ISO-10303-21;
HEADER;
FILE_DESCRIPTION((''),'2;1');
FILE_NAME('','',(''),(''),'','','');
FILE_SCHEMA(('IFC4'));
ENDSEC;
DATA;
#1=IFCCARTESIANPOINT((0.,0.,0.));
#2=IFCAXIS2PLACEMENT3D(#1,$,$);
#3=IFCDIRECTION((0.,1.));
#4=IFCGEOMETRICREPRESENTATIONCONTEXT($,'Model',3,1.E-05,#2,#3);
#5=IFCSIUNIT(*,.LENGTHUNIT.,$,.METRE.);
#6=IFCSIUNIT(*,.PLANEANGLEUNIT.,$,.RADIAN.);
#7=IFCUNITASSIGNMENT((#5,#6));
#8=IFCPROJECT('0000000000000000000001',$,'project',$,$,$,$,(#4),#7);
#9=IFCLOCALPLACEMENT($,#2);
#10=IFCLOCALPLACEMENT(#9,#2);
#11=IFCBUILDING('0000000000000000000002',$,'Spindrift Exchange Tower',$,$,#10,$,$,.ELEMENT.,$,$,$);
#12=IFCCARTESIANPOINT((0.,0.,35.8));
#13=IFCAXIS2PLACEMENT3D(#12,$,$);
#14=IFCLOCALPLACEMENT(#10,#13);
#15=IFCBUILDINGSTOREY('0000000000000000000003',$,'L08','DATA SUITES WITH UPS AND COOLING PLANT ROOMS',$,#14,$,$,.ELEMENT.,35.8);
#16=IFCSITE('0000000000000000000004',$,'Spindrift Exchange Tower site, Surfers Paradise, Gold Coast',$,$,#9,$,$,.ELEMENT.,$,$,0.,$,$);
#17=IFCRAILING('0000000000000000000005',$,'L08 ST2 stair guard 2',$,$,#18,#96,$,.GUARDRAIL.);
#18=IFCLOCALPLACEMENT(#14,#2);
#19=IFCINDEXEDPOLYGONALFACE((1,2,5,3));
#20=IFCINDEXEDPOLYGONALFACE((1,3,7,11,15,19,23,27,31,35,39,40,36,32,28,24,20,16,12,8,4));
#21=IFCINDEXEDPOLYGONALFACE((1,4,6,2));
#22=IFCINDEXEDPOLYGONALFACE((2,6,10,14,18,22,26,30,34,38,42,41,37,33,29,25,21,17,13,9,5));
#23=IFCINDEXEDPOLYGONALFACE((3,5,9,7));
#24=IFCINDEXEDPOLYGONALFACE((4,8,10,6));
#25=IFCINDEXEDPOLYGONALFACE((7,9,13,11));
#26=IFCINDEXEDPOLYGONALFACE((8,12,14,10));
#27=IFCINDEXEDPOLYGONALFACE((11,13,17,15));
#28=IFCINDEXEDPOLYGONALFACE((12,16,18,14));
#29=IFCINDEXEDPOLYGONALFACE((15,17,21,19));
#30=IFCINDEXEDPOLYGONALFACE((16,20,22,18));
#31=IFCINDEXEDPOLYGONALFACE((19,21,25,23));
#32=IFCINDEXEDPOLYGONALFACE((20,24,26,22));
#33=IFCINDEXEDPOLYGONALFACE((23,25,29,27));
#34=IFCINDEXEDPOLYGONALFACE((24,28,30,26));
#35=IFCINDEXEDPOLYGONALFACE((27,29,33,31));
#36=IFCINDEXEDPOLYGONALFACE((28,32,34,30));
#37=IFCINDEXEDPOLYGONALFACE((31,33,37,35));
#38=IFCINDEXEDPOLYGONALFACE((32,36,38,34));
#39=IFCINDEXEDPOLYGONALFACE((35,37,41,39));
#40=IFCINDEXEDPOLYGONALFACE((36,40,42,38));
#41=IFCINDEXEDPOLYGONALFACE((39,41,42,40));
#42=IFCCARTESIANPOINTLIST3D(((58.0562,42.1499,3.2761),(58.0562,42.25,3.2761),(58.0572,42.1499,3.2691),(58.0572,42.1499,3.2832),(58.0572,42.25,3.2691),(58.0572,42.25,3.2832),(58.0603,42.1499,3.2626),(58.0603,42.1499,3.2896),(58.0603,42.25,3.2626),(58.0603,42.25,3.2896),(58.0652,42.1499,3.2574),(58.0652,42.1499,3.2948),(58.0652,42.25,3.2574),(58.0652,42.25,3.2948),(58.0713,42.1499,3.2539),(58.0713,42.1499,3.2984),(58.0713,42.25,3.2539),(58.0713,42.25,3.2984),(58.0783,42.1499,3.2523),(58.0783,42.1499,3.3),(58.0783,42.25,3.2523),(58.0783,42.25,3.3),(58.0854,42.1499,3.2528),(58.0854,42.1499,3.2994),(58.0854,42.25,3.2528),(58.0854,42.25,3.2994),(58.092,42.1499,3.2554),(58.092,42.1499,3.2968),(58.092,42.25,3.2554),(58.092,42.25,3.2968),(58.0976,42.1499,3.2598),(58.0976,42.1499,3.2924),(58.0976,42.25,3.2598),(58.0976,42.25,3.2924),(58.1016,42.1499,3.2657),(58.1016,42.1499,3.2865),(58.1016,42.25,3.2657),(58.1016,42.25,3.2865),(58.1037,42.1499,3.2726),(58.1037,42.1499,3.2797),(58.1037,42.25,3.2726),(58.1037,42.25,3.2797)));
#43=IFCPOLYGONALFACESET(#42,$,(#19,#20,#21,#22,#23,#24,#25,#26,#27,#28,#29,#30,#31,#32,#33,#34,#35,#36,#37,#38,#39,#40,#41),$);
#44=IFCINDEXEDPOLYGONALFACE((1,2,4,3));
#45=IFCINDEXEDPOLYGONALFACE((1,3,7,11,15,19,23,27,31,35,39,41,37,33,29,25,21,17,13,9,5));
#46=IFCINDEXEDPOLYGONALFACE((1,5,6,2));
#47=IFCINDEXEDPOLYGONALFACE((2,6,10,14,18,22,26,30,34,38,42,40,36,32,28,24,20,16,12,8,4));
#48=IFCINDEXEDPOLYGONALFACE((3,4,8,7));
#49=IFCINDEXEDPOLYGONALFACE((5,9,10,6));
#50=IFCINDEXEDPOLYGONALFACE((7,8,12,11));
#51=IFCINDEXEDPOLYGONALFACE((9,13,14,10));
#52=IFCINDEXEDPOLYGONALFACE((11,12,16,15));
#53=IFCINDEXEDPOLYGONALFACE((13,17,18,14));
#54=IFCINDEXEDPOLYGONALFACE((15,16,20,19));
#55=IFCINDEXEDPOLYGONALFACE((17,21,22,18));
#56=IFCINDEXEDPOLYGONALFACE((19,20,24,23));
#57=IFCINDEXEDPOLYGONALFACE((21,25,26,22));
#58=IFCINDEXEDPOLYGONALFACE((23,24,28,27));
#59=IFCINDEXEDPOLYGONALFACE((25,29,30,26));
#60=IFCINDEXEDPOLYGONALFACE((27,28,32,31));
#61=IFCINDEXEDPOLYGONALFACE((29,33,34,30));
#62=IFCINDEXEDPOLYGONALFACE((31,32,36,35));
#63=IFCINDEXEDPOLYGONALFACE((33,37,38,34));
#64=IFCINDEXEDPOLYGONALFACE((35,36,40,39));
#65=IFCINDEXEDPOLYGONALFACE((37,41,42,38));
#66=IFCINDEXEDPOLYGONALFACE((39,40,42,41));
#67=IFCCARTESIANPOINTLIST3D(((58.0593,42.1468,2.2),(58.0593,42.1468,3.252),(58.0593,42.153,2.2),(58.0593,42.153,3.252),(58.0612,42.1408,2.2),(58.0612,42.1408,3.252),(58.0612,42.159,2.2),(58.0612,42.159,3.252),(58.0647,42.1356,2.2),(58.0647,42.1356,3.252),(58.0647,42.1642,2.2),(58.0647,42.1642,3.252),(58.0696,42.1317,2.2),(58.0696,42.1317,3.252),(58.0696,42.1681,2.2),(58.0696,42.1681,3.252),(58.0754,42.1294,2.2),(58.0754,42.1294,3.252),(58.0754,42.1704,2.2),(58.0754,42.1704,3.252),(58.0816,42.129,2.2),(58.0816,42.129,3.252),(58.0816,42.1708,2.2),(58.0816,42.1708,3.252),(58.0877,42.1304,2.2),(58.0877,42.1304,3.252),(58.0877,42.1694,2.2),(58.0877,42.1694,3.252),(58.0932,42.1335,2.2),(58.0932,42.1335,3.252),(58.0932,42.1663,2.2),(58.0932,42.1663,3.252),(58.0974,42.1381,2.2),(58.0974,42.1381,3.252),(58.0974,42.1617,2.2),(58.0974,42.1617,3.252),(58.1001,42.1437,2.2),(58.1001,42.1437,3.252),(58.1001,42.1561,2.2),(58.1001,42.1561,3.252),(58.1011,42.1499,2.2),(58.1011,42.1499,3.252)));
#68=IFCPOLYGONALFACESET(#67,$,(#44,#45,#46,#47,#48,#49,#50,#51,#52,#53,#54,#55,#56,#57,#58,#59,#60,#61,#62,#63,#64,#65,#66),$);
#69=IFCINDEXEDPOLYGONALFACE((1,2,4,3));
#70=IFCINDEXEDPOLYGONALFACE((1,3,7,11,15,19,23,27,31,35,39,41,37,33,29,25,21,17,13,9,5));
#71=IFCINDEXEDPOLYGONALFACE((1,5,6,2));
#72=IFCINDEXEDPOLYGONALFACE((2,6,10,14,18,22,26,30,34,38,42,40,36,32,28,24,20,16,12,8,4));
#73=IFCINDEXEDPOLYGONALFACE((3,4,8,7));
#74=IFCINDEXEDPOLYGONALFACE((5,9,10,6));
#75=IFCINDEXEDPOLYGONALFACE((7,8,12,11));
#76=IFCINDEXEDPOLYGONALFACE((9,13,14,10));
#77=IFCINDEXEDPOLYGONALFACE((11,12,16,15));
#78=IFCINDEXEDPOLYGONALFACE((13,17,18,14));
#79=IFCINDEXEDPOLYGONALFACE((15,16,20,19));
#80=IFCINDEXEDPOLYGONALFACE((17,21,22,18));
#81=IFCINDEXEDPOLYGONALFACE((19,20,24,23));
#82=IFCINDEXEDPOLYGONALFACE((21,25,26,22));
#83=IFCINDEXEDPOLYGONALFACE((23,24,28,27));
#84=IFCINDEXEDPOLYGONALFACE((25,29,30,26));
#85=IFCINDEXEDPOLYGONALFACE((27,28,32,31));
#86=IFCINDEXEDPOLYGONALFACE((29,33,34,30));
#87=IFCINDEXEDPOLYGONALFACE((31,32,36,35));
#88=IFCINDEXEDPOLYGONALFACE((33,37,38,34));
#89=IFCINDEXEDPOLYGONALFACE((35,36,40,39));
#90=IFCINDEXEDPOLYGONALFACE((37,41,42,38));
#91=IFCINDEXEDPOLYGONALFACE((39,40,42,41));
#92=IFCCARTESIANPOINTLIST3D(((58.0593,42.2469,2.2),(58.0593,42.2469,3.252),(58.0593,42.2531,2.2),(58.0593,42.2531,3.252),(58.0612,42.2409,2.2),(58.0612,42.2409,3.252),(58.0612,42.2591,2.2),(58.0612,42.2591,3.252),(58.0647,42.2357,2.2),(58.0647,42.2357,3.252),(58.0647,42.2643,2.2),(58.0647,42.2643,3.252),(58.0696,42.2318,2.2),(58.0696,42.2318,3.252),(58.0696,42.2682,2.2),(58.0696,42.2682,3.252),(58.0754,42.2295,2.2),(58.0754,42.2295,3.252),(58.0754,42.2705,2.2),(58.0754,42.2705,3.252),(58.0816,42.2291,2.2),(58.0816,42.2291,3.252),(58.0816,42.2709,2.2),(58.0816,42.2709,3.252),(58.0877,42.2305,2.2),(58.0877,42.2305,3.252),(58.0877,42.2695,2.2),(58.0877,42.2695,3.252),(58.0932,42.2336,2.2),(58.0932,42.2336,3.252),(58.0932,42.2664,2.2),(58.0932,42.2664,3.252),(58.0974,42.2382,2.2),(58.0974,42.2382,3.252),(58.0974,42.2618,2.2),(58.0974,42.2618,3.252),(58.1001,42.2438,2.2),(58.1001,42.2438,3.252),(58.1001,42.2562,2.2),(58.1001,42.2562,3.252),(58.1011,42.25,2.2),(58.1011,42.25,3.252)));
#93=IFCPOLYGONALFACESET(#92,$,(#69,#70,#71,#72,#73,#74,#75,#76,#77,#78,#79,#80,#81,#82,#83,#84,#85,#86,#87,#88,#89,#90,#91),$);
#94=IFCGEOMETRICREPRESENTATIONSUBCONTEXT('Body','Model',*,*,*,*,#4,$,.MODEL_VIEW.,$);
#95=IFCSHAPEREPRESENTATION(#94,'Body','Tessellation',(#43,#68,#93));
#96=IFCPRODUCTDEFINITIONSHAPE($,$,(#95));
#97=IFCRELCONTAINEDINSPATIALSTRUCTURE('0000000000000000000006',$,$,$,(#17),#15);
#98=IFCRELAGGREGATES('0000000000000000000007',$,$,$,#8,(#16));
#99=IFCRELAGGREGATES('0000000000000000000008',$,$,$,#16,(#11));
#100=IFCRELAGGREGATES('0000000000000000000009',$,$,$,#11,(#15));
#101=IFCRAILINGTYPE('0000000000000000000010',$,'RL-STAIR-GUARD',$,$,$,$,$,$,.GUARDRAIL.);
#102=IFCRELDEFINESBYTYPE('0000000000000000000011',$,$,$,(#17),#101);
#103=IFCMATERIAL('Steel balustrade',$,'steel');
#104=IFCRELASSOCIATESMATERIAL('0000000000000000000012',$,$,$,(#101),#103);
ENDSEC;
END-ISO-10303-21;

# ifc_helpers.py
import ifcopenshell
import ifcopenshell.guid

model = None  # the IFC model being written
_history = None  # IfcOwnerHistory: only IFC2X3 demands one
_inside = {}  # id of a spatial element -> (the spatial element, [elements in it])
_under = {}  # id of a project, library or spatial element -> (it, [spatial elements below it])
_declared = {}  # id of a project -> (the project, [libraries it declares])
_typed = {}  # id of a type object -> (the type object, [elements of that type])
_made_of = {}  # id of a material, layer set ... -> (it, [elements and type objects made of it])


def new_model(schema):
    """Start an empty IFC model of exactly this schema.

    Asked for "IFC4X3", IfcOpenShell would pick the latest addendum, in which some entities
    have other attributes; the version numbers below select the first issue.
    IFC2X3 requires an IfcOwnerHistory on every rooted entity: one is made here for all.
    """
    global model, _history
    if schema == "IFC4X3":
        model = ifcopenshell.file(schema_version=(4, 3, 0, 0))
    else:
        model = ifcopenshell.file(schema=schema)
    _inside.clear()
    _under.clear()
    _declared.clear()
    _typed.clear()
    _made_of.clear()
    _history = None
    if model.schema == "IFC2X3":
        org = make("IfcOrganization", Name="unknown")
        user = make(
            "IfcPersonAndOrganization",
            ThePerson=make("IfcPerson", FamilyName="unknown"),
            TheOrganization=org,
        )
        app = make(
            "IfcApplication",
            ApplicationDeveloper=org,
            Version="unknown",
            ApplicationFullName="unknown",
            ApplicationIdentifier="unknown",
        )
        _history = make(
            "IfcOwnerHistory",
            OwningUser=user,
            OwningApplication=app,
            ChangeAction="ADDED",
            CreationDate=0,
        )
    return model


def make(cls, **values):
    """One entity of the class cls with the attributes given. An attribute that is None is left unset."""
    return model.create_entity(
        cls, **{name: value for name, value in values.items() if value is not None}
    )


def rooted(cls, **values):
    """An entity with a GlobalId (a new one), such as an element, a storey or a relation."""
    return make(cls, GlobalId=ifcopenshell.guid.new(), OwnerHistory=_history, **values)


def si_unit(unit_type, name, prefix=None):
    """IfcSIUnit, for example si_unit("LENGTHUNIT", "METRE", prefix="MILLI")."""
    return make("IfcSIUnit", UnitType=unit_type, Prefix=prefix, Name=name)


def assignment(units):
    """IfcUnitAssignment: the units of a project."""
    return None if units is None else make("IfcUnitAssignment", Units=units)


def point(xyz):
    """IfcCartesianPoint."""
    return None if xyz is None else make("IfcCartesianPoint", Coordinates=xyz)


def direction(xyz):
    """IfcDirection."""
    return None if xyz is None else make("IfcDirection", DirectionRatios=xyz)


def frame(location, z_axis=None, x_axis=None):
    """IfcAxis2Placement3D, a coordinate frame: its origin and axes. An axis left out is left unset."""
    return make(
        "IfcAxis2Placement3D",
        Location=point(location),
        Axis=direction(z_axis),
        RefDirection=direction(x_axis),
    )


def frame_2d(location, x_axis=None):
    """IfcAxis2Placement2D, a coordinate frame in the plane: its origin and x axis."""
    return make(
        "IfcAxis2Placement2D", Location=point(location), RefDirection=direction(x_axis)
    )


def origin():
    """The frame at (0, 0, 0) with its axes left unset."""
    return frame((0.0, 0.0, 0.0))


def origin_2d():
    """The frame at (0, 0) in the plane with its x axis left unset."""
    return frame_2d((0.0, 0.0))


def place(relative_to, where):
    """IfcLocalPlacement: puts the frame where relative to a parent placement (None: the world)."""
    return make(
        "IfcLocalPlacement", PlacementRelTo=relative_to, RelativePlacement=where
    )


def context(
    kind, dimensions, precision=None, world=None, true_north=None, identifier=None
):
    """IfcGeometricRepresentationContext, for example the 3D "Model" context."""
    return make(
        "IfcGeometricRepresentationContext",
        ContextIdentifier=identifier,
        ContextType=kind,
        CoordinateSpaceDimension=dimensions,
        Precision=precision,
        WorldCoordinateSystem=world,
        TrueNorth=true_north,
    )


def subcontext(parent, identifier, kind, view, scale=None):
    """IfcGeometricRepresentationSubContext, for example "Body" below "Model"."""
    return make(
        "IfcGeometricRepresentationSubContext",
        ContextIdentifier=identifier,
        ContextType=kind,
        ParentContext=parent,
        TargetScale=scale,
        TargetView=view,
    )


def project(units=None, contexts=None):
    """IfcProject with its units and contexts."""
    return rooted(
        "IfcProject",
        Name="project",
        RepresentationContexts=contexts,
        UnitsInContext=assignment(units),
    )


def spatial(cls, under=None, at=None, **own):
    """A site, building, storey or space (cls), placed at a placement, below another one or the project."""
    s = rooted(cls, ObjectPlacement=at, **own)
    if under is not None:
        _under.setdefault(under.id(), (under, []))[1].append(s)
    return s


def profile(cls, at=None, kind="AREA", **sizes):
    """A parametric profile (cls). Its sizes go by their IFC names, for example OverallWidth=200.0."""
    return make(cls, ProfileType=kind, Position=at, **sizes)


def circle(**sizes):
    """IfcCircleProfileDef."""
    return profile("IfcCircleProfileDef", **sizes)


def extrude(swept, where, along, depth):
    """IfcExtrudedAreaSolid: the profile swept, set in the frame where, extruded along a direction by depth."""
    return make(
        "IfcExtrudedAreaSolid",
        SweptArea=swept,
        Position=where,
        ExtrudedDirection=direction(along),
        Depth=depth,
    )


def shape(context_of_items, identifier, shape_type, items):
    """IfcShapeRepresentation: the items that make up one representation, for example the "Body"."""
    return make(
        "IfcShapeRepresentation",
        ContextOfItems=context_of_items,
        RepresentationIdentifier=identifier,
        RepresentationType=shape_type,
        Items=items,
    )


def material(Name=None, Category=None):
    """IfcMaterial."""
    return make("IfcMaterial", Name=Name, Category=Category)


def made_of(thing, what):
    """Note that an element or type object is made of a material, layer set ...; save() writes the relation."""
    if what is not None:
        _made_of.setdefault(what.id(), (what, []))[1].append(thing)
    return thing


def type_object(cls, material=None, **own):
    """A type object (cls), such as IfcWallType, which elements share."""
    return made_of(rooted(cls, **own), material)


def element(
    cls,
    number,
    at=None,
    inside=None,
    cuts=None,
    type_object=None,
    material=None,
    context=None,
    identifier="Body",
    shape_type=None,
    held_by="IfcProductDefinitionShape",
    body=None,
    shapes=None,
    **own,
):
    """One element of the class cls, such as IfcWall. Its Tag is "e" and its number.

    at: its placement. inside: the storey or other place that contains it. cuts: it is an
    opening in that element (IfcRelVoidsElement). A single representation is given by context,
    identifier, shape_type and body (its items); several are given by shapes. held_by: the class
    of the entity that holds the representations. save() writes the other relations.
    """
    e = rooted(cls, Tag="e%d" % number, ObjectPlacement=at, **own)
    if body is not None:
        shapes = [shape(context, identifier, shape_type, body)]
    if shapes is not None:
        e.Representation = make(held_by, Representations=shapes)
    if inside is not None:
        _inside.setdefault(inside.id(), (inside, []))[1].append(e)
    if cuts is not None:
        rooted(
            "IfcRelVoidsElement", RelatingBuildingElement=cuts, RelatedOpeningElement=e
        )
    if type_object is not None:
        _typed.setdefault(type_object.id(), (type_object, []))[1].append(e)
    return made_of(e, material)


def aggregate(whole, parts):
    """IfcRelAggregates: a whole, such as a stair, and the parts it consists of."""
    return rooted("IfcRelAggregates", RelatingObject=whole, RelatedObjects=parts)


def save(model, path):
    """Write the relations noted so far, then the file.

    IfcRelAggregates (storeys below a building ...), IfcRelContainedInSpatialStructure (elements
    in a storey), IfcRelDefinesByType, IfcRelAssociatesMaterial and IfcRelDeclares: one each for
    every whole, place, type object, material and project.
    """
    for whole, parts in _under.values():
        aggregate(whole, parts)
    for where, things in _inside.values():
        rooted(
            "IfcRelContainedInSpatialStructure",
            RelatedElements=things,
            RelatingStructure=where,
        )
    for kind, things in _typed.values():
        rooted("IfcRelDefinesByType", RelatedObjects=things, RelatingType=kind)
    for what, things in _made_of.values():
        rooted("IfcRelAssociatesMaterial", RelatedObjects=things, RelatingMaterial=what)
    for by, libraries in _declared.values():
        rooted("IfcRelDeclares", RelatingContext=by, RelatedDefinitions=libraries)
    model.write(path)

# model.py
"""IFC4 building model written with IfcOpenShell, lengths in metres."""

from ifc_helpers import new_model, si_unit, direction, frame, origin, origin_2d, place, context, subcontext, project, spatial, circle, extrude, material, type_object, element, save


model = new_model("IFC4")

# Units and contexts
model_context = context("Model", 3, precision=1e-05, world=origin(), true_north=direction((0.0, 1.0)))
body_context = subcontext(model_context, "Body", "Model", "MODEL_VIEW")
ifc_project = project(units=[si_unit("LENGTHUNIT", "METRE"), si_unit("PLANEANGLEUNIT", "RADIAN")], contexts=[model_context])

# Site, building, storey
site_placement = place(None, origin())
site = spatial("IfcSite", under=ifc_project, at=site_placement, Name="Spindrift Exchange Tower site, Surfers Paradise, Gold Coast", CompositionType="ELEMENT", RefElevation=0.0)
building_placement = place(site_placement, origin())
building = spatial("IfcBuilding", under=site, at=building_placement, Name="Spindrift Exchange Tower", CompositionType="ELEMENT")
storey_placement = place(building_placement, frame((0.0, 0.0, 35.8)))
storey = spatial("IfcBuildingStorey", under=building, at=storey_placement, Name="L08", Description="DATA SUITES WITH UPS AND COOLING PLANT ROOMS", CompositionType="ELEMENT", Elevation=35.8)

# Railing
ifc_material_1 = material(Name="Steel balustrade", Category="steel")
railing_type_1 = type_object("IfcRailingType", Name="RL-STAIR-GUARD", PredefinedType="GUARDRAIL", material=ifc_material_1)
railing_1_placement = place(storey_placement, frame((58.0801, 42.1499, 2.2)))
element("IfcRailing", 1, at=railing_1_placement, inside=storey, type_object=railing_type_1, Name="L08 ST2 stair guard 2", PredefinedType="GUARDRAIL", context=body_context, shape_type="SweptSolid", body=[
    extrude(circle(Radius=0.0239, at=origin_2d()), frame((0.0, 0.0, 1.0762), z_axis=(0.0, 1.0, 0.0), x_axis=(-1.0, 0.0, 0.0)), (0.0, 0.0, 1.0), 0.1001),
    extrude(circle(Radius=0.021, at=origin_2d()), origin(), (0.0, 0.0, 1.0), 1.052),
    extrude(circle(Radius=0.021, at=origin_2d()), frame((0.0, 0.1001, 0.0)), (0.0, 0.0, 1.0), 1.052),
])

save(model, "model.ifc")
